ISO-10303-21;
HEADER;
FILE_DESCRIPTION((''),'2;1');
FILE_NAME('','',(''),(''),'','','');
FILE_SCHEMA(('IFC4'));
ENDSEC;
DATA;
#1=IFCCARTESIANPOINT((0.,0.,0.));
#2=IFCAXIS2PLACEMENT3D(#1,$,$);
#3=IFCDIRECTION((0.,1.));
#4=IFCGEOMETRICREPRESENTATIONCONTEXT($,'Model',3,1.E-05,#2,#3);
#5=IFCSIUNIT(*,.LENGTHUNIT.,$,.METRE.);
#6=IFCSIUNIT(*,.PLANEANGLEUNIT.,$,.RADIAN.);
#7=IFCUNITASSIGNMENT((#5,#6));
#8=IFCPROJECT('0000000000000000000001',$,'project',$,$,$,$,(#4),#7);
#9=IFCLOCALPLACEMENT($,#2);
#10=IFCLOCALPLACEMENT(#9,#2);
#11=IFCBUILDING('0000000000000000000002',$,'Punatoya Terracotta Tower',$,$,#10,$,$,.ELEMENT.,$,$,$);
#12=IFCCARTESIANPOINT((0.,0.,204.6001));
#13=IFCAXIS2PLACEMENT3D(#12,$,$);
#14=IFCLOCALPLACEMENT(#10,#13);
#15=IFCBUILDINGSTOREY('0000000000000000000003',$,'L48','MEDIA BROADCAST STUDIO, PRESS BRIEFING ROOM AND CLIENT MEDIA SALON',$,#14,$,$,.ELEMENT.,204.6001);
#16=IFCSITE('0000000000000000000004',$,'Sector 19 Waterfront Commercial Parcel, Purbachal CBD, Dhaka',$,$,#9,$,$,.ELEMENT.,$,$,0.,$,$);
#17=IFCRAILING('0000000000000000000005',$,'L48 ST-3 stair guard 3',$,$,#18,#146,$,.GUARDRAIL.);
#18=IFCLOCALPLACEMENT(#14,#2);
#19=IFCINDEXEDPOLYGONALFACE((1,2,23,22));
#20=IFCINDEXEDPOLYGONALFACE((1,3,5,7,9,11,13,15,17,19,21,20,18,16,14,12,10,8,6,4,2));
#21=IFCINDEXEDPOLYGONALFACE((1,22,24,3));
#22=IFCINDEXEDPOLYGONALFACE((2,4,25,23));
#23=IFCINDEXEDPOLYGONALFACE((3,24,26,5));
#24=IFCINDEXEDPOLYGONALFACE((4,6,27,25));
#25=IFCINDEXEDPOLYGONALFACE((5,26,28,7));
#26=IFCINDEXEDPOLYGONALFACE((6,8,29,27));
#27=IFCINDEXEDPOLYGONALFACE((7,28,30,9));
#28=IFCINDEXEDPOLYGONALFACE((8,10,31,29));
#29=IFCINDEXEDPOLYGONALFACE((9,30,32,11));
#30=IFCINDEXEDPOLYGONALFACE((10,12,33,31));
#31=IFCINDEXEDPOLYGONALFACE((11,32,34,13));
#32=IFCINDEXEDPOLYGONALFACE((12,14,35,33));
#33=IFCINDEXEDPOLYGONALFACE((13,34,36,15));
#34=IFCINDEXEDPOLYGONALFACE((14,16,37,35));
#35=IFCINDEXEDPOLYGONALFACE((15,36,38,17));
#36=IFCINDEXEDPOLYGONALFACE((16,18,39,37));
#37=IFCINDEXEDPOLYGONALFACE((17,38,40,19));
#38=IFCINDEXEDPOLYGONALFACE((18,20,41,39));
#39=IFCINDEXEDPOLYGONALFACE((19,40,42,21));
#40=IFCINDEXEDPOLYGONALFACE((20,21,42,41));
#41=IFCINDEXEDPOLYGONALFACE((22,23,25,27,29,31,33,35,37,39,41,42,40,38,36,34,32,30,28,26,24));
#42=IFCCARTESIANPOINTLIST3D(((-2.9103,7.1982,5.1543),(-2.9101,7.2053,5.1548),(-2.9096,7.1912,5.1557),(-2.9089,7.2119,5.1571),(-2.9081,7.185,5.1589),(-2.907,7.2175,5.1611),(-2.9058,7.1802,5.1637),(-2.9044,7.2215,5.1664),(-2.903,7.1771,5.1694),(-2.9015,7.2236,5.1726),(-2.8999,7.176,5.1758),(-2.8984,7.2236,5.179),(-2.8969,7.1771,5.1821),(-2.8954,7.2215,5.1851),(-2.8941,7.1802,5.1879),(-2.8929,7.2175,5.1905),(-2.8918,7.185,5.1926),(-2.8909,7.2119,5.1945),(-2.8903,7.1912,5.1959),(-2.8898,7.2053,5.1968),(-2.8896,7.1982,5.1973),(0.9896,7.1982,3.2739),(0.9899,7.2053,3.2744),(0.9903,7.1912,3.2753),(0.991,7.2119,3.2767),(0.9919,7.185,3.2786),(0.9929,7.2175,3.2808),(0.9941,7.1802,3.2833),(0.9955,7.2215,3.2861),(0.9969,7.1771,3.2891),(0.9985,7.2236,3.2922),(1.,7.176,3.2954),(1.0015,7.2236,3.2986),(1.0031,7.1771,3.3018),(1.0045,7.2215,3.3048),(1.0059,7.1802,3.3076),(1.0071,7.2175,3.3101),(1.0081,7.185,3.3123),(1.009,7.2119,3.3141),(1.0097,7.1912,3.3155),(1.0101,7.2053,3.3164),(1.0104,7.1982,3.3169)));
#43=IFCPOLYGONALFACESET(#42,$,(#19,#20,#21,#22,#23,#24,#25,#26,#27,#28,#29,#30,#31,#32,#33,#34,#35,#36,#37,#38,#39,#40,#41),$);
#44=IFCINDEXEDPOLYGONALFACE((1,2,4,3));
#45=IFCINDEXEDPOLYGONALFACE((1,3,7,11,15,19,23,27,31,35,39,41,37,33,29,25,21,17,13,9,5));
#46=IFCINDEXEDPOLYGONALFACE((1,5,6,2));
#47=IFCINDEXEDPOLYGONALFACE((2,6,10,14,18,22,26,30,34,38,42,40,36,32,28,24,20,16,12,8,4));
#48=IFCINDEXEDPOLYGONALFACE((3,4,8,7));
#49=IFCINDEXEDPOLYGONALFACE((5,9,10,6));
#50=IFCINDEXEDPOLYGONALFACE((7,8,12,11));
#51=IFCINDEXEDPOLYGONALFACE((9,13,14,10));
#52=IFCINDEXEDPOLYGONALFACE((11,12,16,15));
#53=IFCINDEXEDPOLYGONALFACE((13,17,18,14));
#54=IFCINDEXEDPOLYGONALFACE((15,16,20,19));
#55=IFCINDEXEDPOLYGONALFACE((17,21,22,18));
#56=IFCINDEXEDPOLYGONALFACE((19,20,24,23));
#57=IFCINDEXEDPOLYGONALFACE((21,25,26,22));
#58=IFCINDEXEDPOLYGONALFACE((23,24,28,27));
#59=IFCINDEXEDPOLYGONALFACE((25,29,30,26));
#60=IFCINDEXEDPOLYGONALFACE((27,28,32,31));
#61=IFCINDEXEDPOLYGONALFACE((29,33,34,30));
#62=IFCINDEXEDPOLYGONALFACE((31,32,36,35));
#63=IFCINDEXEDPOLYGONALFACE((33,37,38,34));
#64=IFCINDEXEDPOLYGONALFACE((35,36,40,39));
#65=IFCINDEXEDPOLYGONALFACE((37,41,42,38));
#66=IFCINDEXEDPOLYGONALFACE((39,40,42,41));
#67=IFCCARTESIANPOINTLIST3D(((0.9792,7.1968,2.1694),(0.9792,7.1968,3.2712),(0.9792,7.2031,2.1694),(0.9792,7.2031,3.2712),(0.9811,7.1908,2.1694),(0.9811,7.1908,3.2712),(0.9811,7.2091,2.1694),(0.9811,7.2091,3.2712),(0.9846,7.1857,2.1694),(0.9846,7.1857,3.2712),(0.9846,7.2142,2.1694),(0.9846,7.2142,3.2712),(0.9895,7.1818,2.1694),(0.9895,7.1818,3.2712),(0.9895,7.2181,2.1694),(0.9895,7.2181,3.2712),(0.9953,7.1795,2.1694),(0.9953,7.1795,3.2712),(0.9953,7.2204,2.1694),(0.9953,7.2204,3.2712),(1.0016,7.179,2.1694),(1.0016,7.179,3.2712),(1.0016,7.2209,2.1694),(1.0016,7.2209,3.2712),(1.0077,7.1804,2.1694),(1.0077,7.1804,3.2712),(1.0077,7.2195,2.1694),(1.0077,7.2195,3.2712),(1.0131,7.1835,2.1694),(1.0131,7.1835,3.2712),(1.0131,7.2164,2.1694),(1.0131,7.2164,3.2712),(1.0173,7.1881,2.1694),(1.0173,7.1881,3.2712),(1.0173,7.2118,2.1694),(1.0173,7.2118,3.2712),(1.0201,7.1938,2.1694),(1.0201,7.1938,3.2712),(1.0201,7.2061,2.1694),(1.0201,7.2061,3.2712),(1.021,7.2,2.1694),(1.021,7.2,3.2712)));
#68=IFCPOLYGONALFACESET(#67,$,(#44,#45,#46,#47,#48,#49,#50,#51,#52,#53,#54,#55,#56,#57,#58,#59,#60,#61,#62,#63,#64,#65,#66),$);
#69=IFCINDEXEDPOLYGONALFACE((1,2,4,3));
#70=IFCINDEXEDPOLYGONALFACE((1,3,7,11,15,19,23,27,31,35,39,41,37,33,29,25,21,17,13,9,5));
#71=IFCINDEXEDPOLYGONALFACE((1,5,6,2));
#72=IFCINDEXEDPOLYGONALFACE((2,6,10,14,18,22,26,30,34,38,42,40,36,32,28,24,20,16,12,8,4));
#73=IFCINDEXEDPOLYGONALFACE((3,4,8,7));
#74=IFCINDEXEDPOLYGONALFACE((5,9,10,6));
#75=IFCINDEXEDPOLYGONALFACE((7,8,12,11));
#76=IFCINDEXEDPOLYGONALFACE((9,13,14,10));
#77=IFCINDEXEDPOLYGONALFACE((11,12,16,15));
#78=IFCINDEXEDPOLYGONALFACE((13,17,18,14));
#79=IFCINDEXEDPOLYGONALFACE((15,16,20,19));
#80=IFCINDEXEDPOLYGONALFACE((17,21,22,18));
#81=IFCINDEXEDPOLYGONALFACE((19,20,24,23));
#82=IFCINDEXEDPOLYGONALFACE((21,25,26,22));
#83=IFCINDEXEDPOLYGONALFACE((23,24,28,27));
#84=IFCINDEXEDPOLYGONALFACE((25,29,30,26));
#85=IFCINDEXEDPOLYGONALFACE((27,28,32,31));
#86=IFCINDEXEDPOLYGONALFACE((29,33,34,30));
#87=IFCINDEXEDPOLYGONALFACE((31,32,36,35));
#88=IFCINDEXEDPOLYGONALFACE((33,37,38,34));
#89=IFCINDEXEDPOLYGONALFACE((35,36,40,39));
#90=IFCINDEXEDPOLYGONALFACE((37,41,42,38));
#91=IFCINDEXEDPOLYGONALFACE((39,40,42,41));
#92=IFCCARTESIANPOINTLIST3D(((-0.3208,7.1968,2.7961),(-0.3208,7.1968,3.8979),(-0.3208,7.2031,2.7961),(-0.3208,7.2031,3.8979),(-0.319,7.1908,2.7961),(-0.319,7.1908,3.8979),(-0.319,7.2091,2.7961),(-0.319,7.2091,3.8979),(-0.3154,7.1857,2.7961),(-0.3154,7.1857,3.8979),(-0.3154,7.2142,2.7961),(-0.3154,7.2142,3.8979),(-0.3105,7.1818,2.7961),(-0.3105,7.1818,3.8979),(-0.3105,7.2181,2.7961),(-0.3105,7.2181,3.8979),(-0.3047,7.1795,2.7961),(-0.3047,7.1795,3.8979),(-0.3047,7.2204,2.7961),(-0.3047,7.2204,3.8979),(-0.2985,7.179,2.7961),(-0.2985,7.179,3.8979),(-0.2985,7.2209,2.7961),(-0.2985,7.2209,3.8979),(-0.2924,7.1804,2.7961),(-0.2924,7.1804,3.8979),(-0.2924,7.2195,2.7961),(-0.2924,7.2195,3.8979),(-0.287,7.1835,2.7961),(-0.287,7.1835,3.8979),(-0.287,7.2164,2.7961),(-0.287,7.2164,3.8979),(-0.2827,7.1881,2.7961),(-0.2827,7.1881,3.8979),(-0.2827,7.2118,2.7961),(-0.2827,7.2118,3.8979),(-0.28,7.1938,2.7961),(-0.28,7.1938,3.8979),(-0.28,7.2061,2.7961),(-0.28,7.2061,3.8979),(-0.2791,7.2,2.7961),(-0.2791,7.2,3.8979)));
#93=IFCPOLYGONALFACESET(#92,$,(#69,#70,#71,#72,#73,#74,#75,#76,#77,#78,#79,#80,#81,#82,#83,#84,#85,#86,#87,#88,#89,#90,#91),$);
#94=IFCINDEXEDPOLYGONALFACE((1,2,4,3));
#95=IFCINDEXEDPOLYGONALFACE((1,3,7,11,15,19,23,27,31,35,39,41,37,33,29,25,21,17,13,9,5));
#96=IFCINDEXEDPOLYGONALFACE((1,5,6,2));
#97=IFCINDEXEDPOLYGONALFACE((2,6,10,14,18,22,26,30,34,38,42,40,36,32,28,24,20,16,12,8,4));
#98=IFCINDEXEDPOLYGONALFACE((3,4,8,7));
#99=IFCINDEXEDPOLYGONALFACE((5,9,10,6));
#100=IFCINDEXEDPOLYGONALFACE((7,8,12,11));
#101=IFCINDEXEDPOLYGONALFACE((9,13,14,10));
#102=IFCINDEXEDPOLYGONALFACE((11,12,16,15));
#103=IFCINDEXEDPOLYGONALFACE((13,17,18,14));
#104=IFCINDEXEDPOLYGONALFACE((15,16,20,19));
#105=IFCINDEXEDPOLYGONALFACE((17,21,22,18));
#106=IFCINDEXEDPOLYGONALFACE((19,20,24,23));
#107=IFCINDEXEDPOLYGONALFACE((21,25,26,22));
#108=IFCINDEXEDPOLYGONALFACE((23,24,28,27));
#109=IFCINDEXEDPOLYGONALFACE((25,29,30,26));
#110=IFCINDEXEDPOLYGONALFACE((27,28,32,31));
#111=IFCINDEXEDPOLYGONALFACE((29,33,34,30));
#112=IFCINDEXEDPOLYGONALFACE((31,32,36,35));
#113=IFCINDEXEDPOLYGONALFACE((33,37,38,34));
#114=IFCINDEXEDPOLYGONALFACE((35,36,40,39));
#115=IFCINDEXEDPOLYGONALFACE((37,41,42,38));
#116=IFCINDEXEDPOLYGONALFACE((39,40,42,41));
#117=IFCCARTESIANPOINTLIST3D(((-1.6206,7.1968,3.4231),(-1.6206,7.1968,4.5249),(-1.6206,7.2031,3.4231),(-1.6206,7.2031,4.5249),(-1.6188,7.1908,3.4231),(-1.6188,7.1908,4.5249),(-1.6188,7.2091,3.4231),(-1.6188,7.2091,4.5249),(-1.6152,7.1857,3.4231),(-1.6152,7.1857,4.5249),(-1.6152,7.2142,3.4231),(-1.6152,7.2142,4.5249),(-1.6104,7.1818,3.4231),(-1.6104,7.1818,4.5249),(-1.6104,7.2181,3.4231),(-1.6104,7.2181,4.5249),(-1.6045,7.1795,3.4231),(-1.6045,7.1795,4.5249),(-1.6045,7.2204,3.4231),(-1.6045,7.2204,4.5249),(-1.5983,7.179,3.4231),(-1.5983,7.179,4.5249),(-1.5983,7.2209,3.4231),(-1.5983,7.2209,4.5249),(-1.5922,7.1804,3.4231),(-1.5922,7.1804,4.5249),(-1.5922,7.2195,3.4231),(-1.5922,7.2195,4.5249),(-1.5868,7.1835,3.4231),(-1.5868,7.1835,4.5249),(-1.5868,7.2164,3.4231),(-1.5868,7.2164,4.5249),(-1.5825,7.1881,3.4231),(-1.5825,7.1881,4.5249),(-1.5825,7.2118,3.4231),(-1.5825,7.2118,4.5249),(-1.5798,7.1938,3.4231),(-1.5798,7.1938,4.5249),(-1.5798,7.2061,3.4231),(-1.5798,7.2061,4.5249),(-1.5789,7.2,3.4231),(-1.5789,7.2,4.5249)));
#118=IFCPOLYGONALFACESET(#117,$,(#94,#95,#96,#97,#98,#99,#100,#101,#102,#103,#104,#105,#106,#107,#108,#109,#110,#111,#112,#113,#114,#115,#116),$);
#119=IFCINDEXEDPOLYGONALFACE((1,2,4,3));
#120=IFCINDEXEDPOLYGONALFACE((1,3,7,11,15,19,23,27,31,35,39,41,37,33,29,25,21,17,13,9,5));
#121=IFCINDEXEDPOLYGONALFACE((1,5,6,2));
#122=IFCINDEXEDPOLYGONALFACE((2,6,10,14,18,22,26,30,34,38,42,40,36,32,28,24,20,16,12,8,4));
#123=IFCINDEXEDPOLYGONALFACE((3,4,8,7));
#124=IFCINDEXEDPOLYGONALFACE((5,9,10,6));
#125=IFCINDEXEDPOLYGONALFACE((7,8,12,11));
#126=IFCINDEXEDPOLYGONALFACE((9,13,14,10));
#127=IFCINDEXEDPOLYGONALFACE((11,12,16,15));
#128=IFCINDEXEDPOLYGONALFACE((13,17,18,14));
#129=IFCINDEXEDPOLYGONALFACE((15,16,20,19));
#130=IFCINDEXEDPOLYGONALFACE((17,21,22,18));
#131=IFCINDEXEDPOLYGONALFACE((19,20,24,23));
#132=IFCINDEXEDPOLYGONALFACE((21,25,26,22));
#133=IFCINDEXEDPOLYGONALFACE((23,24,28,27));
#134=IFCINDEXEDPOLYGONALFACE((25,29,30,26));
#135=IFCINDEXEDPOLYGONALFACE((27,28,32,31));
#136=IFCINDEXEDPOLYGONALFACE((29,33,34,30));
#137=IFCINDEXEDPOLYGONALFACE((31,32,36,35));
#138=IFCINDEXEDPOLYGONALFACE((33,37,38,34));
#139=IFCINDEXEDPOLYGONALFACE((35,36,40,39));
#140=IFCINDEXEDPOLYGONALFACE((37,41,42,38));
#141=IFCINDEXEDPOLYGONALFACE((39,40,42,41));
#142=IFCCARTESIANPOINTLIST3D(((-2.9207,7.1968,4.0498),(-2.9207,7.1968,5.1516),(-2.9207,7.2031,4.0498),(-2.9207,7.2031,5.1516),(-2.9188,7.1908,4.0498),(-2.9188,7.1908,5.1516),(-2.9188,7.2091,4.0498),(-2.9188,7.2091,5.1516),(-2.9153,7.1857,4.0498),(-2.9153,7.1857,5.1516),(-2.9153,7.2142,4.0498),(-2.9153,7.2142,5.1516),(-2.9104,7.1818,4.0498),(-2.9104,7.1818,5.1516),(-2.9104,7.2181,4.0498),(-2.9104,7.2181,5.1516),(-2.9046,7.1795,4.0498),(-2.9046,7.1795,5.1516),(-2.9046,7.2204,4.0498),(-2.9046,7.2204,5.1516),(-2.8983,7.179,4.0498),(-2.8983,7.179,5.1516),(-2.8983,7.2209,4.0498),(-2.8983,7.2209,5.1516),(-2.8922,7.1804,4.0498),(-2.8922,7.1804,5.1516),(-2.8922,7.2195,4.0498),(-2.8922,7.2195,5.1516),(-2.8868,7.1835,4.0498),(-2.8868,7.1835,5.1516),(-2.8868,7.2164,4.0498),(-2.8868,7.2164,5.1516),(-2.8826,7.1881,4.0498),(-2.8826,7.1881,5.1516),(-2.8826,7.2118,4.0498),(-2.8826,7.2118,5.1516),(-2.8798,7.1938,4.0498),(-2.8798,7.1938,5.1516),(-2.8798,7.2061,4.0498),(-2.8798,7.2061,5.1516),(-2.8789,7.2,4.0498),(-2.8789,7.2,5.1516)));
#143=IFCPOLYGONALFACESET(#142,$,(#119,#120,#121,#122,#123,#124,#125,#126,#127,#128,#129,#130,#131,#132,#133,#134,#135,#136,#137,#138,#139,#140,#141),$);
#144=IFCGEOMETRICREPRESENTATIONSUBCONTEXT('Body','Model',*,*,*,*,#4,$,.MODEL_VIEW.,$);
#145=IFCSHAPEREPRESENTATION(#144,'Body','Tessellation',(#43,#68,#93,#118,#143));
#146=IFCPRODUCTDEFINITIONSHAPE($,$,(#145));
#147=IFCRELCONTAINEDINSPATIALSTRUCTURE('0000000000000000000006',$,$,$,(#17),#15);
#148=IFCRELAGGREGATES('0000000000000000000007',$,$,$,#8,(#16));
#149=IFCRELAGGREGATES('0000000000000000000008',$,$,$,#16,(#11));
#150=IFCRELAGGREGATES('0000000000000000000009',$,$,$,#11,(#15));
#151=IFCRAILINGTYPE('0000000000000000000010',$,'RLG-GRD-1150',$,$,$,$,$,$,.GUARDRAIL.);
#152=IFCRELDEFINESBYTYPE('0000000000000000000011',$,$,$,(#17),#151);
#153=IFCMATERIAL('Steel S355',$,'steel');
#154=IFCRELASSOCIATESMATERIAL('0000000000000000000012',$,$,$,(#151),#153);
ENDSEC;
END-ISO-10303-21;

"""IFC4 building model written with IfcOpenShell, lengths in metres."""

from ifc_helpers import new_model, si_unit, direction, frame, origin, origin_2d, place, context, subcontext, project, spatial, circle, extrude, material, type_object, element, save


model = new_model("IFC4")

# Units and contexts
model_context = context("Model", 3, precision=1e-05, world=origin(), true_north=direction((0.0, 1.0)))
body_context = subcontext(model_context, "Body", "Model", "MODEL_VIEW")
ifc_project = project(units=[si_unit("LENGTHUNIT", "METRE"), si_unit("PLANEANGLEUNIT", "RADIAN")], contexts=[model_context])

# Site, building, storey
site_placement = place(None, origin())
site = spatial("IfcSite", under=ifc_project, at=site_placement, Name="Sector 19 Waterfront Commercial Parcel, Purbachal CBD, Dhaka", CompositionType="ELEMENT", RefElevation=0.0)
building_placement = place(site_placement, origin())
building = spatial("IfcBuilding", under=site, at=building_placement, Name="Punatoya Terracotta Tower", CompositionType="ELEMENT")
storey_placement = place(building_placement, frame((0.0, 0.0, 204.6001)))
storey = spatial("IfcBuildingStorey", under=building, at=storey_placement, Name="L48", Description="MEDIA BROADCAST STUDIO, PRESS BRIEFING ROOM AND CLIENT MEDIA SALON", CompositionType="ELEMENT", Elevation=204.6001)

# Shared definitions
ifc_material_1 = material(Name="Steel S355", Category="steel")

# Railing
railing_type_1 = type_object("IfcRailingType", Name="RLG-GRD-1150", PredefinedType="GUARDRAIL", material=ifc_material_1)
railing_1_placement = place(storey_placement, frame((1.0, 7.2, 2.1694)))
element("IfcRailing", 1, at=railing_1_placement, inside=storey, type_object=railing_type_1, Name="L48 ST-3 stair guard 3", PredefinedType="GUARDRAIL", context=body_context, shape_type="SweptSolid", body=[
    extrude(circle(Radius=0.0239, at=origin_2d()), frame((0.0, 0.0, 1.126), z_axis=(-0.900763, 0.0, 0.434311), x_axis=(0.0, -1.0, 0.0)), (0.0, 0.0, 1.0), 4.3296),
    extrude(circle(Radius=0.021, at=origin_2d()), origin(), (0.0, 0.0, 1.0), 1.1018),
    extrude(circle(Radius=0.021, at=origin_2d()), frame((-1.3, 0.0, 0.6267)), (0.0, 0.0, 1.0), 1.1018),
    extrude(circle(Radius=0.021, at=origin_2d()), frame((-2.5999, 0.0, 1.2537)), (0.0, 0.0, 1.0), 1.1018),
    extrude(circle(Radius=0.021, at=origin_2d()), frame((-3.8999, 0.0, 1.8804)), (0.0, 0.0, 1.0), 1.1018),
])

save(model, "model.ifc")
